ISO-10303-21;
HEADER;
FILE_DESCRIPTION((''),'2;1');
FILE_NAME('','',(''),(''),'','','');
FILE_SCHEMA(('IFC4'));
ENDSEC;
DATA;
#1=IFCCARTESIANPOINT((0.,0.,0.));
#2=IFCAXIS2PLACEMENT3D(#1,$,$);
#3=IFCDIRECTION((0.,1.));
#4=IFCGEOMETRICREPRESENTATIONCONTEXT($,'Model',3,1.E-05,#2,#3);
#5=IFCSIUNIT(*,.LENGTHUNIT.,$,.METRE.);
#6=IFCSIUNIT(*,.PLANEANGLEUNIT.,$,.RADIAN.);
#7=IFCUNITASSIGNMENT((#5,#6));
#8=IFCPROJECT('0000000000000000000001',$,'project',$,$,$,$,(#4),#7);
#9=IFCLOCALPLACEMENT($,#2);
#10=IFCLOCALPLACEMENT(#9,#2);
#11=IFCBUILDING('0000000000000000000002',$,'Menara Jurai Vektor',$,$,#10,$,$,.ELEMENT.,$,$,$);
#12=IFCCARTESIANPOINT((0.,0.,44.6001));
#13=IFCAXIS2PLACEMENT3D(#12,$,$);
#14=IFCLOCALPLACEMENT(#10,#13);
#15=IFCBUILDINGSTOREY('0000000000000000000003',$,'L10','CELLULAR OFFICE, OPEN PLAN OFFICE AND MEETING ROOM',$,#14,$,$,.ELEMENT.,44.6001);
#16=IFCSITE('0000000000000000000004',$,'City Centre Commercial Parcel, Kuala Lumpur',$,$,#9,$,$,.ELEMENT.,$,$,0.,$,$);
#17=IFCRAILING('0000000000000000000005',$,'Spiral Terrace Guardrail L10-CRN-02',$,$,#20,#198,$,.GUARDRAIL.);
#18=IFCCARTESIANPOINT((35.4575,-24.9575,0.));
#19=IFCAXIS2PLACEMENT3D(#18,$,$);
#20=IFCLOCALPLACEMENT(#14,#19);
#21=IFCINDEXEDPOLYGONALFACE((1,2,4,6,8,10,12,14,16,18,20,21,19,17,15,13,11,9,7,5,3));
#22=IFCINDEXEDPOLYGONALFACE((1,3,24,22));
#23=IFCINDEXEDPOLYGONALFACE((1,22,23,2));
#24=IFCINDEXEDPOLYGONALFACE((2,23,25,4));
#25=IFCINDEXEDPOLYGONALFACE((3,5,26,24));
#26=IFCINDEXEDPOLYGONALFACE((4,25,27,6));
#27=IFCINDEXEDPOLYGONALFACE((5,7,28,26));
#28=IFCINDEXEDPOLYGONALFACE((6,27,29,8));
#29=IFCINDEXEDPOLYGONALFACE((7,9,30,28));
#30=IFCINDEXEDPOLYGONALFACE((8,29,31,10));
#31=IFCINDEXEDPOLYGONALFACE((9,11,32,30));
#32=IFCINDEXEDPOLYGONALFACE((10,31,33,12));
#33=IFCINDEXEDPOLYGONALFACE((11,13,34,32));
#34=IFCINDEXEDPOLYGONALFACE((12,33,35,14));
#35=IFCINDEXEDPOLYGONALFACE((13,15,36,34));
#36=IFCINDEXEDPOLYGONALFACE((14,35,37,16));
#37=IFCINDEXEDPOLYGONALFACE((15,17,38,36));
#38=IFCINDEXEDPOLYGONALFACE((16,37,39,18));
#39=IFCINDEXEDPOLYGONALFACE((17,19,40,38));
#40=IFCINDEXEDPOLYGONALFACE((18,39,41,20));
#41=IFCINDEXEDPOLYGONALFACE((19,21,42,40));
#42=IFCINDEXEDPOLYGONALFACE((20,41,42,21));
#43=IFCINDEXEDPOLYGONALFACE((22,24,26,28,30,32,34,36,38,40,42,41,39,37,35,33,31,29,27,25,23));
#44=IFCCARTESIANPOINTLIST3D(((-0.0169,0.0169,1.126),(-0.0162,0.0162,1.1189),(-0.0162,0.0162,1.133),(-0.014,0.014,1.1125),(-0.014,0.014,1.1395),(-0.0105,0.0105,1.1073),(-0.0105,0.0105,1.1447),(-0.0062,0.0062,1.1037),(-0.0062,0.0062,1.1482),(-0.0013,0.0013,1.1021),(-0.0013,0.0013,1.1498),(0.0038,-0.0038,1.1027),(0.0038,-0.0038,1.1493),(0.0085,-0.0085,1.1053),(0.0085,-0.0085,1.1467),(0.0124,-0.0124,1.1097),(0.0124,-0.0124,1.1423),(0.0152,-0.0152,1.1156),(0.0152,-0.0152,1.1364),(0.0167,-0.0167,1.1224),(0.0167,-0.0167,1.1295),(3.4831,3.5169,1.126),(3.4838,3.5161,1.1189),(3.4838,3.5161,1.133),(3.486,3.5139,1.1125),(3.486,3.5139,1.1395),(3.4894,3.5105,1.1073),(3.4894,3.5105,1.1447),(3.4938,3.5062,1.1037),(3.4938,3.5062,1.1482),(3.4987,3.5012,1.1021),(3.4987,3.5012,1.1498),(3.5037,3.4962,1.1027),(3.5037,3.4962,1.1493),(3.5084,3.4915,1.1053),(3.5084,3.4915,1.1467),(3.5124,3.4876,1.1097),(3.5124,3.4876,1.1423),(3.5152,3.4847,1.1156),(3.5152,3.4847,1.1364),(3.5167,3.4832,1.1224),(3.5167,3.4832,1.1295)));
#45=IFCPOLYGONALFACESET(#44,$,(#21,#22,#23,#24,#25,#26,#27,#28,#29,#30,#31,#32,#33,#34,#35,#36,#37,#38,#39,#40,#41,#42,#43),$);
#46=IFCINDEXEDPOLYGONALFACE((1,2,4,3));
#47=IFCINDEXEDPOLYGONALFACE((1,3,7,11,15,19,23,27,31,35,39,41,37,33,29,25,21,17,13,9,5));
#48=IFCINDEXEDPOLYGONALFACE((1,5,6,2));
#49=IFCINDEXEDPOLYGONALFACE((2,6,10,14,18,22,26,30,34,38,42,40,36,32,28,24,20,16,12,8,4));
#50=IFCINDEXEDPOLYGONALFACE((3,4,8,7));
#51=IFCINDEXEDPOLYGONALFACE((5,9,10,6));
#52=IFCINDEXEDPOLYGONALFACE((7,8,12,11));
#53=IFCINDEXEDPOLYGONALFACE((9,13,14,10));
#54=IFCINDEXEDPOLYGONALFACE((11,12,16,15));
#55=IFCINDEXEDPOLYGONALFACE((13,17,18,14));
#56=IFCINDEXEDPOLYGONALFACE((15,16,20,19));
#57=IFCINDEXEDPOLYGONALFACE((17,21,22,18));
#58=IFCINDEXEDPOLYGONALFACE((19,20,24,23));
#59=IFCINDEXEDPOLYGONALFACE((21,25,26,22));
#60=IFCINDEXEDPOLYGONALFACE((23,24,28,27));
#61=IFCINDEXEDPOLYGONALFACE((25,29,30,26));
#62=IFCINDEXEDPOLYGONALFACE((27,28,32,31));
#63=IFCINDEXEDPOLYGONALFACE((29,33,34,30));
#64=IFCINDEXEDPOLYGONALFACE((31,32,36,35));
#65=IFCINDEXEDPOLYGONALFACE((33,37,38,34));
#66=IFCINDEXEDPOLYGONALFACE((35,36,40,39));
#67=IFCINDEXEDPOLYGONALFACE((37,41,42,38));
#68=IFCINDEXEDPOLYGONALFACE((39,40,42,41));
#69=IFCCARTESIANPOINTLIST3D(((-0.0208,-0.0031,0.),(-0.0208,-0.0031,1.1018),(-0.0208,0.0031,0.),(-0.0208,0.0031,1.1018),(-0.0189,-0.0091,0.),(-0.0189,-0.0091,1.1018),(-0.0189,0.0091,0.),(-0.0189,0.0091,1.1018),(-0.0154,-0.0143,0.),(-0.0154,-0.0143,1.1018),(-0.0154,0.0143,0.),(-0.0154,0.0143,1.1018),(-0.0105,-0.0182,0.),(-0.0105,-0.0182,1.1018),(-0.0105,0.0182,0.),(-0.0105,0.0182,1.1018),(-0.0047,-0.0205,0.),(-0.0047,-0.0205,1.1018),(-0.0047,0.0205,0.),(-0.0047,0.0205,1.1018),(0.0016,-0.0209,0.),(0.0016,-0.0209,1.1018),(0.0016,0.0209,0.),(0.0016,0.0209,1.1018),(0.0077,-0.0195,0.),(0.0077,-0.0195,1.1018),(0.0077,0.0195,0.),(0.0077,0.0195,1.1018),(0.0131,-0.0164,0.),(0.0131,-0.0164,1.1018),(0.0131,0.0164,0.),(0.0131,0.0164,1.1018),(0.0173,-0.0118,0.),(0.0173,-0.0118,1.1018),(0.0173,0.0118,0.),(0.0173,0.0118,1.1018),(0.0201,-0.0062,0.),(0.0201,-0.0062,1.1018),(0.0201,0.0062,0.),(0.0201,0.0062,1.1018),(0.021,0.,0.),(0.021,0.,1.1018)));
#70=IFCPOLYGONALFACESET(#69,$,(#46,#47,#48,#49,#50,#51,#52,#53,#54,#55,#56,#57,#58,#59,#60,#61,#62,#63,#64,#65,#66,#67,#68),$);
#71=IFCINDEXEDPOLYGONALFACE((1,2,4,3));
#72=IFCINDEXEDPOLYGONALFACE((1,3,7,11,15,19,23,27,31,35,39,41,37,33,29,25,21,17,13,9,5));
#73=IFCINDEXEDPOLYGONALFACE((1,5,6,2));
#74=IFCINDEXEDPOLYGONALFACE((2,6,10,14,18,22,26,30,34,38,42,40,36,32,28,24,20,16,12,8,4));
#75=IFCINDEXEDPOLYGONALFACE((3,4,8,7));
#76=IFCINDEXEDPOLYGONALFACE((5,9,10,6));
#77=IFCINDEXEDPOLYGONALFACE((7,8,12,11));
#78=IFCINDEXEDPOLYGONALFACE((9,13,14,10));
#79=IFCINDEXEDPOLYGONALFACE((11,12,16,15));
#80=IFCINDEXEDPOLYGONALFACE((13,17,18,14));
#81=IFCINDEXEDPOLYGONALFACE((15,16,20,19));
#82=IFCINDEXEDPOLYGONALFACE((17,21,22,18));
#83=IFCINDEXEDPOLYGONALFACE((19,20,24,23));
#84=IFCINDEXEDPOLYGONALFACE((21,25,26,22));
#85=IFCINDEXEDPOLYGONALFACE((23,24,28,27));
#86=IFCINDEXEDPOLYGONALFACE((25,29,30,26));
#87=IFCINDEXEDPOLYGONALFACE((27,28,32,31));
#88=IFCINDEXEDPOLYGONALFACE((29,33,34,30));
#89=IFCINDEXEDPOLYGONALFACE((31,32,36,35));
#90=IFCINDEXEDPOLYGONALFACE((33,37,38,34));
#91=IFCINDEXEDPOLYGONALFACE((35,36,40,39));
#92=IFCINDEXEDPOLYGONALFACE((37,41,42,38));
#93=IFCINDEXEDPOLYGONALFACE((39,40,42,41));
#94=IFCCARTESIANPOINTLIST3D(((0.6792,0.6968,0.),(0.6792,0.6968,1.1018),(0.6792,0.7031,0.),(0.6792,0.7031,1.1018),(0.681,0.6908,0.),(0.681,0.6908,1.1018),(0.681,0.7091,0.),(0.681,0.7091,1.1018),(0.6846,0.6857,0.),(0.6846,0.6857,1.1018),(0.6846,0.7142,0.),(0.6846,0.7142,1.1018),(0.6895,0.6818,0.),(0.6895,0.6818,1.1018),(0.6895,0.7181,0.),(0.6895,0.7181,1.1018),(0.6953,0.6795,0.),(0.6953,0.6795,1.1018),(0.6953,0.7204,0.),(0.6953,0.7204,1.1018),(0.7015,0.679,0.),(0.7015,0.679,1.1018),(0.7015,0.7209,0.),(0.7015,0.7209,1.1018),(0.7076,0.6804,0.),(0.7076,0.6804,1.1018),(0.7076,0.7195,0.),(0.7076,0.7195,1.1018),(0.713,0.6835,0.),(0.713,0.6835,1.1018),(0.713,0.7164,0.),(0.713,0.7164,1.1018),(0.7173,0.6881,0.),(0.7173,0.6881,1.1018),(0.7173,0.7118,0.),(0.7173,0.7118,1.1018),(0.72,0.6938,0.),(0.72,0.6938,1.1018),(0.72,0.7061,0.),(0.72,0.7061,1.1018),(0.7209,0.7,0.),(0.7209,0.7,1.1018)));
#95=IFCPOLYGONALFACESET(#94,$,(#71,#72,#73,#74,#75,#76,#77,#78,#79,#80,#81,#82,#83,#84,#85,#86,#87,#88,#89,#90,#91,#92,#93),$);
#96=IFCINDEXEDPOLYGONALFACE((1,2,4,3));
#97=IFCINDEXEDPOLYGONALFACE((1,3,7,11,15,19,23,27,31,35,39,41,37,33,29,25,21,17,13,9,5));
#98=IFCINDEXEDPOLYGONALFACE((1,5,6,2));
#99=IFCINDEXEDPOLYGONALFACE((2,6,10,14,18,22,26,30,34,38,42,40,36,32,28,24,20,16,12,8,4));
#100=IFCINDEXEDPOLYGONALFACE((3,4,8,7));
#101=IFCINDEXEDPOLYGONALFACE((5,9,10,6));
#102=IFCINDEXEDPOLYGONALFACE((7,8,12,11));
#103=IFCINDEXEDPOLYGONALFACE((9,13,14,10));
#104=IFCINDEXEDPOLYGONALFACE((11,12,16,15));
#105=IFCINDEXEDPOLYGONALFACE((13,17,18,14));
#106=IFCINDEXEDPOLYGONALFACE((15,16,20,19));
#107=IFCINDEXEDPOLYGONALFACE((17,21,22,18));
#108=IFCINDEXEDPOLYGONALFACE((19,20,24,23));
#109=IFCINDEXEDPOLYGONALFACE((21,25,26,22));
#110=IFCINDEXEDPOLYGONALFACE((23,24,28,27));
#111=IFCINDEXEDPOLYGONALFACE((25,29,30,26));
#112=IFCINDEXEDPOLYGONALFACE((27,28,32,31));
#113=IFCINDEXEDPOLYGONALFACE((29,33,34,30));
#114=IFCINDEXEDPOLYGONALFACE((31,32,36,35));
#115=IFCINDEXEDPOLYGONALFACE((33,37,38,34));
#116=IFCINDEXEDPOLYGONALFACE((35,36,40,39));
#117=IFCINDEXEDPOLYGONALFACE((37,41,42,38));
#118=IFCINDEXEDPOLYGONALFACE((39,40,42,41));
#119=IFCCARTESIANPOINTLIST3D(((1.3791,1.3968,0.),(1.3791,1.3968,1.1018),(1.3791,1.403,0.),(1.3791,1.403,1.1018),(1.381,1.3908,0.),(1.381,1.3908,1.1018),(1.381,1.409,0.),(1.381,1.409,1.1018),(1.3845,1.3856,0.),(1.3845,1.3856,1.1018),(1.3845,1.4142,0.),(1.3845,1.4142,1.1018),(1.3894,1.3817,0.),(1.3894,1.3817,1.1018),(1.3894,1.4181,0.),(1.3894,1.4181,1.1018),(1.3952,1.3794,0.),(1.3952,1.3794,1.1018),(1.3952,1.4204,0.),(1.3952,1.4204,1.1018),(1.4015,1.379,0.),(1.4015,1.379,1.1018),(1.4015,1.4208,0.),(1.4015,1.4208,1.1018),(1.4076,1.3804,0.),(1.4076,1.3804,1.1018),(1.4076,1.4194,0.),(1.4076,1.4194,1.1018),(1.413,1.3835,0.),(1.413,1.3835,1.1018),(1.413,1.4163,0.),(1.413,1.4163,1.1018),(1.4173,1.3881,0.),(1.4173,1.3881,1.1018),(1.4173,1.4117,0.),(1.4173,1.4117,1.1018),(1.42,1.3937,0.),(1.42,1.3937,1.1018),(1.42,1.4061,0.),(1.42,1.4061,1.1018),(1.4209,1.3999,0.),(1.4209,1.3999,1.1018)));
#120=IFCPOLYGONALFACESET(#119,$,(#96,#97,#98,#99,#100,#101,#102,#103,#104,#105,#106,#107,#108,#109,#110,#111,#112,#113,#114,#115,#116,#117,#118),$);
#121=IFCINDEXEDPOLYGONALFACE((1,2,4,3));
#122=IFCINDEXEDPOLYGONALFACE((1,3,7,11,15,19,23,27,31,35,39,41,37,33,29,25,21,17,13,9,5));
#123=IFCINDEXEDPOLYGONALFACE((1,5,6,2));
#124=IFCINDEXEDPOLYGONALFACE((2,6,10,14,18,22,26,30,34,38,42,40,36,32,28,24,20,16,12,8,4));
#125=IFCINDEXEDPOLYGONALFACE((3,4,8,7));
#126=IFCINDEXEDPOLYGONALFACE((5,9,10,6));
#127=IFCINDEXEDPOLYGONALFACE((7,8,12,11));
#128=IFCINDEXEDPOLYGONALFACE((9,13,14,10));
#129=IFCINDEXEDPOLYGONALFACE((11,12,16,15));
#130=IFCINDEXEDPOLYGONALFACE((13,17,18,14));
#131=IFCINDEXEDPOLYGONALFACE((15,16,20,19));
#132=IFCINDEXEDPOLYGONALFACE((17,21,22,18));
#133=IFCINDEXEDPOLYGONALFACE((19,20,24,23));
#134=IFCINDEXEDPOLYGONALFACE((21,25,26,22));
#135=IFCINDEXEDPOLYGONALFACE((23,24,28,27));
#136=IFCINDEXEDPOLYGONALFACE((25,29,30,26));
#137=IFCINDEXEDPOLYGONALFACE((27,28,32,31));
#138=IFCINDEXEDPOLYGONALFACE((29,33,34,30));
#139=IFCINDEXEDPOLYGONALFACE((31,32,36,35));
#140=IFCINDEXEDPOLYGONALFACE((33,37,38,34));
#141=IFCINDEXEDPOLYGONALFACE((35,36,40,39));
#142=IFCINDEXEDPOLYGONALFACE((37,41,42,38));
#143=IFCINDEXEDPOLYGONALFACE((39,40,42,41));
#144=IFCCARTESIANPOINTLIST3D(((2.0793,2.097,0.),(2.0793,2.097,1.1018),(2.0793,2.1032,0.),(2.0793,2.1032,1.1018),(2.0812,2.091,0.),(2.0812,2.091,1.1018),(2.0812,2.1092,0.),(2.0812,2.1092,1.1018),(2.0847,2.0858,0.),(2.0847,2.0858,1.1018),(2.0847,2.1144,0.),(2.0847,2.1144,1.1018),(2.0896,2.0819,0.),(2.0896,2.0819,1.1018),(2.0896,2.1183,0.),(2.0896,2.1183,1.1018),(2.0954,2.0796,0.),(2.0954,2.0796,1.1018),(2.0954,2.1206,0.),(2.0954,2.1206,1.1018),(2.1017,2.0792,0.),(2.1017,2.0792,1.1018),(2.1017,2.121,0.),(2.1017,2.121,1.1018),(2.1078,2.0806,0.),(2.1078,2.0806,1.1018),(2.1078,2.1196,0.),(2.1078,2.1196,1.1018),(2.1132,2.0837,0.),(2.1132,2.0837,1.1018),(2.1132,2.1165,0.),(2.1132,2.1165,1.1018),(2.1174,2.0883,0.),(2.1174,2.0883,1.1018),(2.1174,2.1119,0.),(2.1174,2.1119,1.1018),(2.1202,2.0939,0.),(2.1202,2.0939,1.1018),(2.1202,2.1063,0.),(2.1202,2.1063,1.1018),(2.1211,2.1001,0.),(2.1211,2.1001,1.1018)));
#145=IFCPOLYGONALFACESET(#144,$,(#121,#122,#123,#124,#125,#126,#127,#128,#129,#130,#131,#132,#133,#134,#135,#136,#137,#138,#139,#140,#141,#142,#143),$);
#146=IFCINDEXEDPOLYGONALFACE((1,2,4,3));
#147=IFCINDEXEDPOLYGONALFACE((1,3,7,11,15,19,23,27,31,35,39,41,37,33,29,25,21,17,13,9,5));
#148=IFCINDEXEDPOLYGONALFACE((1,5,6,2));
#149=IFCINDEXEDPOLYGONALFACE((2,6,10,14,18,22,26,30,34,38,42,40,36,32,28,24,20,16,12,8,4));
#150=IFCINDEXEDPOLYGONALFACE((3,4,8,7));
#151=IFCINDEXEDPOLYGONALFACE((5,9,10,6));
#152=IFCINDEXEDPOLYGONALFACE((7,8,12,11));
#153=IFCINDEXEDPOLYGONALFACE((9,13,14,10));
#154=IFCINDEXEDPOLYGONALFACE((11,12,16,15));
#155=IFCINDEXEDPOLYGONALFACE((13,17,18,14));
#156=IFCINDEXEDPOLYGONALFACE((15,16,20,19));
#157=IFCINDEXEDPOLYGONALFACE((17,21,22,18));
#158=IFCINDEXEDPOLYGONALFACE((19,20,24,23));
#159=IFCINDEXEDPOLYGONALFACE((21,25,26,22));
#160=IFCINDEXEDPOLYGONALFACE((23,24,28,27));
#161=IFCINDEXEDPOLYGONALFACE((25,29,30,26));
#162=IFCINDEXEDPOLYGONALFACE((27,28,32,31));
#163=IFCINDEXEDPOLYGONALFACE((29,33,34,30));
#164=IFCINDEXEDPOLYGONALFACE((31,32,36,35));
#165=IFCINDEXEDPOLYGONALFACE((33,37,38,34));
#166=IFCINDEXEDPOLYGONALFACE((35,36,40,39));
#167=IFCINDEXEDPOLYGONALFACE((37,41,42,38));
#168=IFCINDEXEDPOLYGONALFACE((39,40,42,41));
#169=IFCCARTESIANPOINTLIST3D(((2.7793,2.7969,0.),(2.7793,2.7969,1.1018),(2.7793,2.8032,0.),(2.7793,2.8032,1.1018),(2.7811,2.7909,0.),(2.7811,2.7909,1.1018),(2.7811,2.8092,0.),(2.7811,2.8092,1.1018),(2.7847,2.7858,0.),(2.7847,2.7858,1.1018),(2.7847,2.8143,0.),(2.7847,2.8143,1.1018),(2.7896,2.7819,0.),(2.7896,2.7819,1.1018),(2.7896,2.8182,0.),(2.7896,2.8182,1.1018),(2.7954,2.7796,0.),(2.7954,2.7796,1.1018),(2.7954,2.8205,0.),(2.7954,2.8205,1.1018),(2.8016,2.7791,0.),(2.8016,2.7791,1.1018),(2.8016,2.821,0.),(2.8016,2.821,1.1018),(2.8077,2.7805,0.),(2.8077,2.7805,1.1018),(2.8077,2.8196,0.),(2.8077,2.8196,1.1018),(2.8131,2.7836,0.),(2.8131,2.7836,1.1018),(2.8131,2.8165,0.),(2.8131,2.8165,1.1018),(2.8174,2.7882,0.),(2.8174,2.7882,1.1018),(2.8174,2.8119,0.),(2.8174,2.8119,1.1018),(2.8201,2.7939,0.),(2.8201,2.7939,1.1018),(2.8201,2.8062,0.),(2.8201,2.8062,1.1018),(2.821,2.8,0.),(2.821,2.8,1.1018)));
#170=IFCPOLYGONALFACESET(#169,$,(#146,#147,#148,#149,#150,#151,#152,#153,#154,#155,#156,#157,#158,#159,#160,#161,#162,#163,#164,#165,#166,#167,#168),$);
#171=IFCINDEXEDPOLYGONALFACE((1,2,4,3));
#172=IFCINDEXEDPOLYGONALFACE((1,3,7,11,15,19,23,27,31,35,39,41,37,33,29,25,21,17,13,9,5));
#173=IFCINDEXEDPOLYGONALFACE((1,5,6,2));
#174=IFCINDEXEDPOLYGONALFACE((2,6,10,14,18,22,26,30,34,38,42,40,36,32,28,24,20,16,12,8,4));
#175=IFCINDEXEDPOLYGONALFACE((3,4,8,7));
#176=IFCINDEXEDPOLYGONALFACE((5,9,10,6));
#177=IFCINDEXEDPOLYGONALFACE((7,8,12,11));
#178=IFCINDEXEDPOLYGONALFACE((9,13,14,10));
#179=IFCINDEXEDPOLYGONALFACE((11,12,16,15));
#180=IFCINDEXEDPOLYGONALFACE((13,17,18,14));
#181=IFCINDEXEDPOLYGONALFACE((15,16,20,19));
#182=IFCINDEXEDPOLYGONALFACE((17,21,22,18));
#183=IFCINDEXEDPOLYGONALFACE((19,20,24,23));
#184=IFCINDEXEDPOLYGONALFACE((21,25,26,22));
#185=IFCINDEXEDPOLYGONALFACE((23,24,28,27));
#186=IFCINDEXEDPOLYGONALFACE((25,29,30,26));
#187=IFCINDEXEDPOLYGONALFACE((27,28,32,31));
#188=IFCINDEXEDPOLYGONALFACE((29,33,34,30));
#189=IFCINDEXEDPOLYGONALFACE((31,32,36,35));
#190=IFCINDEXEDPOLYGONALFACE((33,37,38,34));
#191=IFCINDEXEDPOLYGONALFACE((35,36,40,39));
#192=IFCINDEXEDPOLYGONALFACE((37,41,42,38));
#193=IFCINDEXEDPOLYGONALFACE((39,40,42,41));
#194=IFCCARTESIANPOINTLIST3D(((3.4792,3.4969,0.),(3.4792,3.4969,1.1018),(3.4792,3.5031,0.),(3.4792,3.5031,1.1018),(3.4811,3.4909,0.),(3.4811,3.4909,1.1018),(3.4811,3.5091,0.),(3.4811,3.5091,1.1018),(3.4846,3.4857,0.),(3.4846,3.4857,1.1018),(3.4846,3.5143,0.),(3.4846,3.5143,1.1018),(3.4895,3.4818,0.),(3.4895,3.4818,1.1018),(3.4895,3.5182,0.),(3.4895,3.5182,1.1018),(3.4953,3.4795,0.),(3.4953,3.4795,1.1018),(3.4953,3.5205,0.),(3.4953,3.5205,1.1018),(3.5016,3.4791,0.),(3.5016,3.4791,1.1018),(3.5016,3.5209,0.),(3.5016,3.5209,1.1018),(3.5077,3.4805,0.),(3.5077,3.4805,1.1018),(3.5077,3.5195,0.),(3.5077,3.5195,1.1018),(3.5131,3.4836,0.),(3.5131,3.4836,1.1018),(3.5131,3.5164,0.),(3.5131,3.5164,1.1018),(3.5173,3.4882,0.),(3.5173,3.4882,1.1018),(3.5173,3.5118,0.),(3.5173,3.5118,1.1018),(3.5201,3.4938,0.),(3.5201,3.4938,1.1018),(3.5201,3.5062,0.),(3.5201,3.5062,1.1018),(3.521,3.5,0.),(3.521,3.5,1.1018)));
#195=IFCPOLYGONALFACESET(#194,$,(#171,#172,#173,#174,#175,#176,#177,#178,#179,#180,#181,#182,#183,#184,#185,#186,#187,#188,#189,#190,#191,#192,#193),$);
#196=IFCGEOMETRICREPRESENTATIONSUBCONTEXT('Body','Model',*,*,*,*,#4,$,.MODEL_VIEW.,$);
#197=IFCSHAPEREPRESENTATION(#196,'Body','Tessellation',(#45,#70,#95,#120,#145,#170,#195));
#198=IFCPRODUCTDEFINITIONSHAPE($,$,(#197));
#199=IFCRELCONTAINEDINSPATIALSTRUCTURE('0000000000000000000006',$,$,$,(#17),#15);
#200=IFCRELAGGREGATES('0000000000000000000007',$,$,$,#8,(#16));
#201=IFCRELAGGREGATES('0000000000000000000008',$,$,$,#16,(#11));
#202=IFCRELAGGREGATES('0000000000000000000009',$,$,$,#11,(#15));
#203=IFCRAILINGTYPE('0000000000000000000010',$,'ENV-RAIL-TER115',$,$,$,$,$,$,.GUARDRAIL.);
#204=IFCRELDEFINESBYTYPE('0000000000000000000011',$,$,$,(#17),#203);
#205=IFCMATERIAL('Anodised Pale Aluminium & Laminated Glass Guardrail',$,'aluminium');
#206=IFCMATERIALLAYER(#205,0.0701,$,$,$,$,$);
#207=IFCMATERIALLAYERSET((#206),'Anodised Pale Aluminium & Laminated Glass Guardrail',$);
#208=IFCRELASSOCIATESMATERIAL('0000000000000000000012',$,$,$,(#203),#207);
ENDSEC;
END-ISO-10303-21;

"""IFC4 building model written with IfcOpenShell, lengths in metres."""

from ifc_helpers import new_model, si_unit, direction, frame, origin, origin_2d, place, context, subcontext, project, spatial, circle, extrude, material, layer, layer_set, type_object, element, save


model = new_model("IFC4")

# Units and contexts
model_context = context("Model", 3, precision=1e-05, world=origin(), true_north=direction((0.0, 1.0)))
body_context = subcontext(model_context, "Body", "Model", "MODEL_VIEW")
ifc_project = project(units=[si_unit("LENGTHUNIT", "METRE"), si_unit("PLANEANGLEUNIT", "RADIAN")], contexts=[model_context])

# Site, building, storey
site_placement = place(None, origin())
site = spatial("IfcSite", under=ifc_project, at=site_placement, Name="City Centre Commercial Parcel, Kuala Lumpur", CompositionType="ELEMENT", RefElevation=0.0)
building_placement = place(site_placement, origin())
building = spatial("IfcBuilding", under=site, at=building_placement, Name="Menara Jurai Vektor", CompositionType="ELEMENT")
storey_placement = place(building_placement, frame((0.0, 0.0, 44.6001)))
storey = spatial("IfcBuildingStorey", under=building, at=storey_placement, Name="L10", Description="CELLULAR OFFICE, OPEN PLAN OFFICE AND MEETING ROOM", CompositionType="ELEMENT", Elevation=44.6001)

# Railing
ifc_material_1 = material(Name="Anodised Pale Aluminium & Laminated Glass Guardrail", Category="aluminium")
ifc_layer_1 = layer(ifc_material_1, 0.0701)
ifc_layer_set_1 = layer_set([ifc_layer_1], Name="Anodised Pale Aluminium & Laminated Glass Guardrail")
railing_type = type_object("IfcRailingType", Name="ENV-RAIL-TER115", PredefinedType="GUARDRAIL", material=ifc_layer_set_1)
railing_1_placement = place(storey_placement, frame((35.4575, -24.9575, 0.0)))
element("IfcRailing", 1, at=railing_1_placement, inside=storey, type_object=railing_type, Name="Spiral Terrace Guardrail L10-CRN-02", PredefinedType="GUARDRAIL", context=body_context, shape_type="SweptSolid", body=[
    extrude(circle(Radius=0.0239, at=origin_2d()), frame((0.0, 0.0, 1.126), z_axis=(0.707107, 0.707107, 0.0), x_axis=(-0.707107, 0.707107, 0.0)), (0.0, 0.0, 1.0), 4.9497),
    extrude(circle(Radius=0.021, at=origin_2d()), origin(), (0.0, 0.0, 1.0), 1.1018),
    extrude(circle(Radius=0.021, at=origin_2d()), frame((0.7, 0.7, 0.0)), (0.0, 0.0, 1.0), 1.1018),
    extrude(circle(Radius=0.021, at=origin_2d()), frame((1.3999, 1.3999, 0.0)), (0.0, 0.0, 1.0), 1.1018),
    extrude(circle(Radius=0.021, at=origin_2d()), frame((2.1001, 2.1001, 0.0)), (0.0, 0.0, 1.0), 1.1018),
    extrude(circle(Radius=0.021, at=origin_2d()), frame((2.8, 2.8, 0.0)), (0.0, 0.0, 1.0), 1.1018),
    extrude(circle(Radius=0.021, at=origin_2d()), frame((3.5, 3.5, 0.0)), (0.0, 0.0, 1.0), 1.1018),
])

save(model, "model.ifc")
